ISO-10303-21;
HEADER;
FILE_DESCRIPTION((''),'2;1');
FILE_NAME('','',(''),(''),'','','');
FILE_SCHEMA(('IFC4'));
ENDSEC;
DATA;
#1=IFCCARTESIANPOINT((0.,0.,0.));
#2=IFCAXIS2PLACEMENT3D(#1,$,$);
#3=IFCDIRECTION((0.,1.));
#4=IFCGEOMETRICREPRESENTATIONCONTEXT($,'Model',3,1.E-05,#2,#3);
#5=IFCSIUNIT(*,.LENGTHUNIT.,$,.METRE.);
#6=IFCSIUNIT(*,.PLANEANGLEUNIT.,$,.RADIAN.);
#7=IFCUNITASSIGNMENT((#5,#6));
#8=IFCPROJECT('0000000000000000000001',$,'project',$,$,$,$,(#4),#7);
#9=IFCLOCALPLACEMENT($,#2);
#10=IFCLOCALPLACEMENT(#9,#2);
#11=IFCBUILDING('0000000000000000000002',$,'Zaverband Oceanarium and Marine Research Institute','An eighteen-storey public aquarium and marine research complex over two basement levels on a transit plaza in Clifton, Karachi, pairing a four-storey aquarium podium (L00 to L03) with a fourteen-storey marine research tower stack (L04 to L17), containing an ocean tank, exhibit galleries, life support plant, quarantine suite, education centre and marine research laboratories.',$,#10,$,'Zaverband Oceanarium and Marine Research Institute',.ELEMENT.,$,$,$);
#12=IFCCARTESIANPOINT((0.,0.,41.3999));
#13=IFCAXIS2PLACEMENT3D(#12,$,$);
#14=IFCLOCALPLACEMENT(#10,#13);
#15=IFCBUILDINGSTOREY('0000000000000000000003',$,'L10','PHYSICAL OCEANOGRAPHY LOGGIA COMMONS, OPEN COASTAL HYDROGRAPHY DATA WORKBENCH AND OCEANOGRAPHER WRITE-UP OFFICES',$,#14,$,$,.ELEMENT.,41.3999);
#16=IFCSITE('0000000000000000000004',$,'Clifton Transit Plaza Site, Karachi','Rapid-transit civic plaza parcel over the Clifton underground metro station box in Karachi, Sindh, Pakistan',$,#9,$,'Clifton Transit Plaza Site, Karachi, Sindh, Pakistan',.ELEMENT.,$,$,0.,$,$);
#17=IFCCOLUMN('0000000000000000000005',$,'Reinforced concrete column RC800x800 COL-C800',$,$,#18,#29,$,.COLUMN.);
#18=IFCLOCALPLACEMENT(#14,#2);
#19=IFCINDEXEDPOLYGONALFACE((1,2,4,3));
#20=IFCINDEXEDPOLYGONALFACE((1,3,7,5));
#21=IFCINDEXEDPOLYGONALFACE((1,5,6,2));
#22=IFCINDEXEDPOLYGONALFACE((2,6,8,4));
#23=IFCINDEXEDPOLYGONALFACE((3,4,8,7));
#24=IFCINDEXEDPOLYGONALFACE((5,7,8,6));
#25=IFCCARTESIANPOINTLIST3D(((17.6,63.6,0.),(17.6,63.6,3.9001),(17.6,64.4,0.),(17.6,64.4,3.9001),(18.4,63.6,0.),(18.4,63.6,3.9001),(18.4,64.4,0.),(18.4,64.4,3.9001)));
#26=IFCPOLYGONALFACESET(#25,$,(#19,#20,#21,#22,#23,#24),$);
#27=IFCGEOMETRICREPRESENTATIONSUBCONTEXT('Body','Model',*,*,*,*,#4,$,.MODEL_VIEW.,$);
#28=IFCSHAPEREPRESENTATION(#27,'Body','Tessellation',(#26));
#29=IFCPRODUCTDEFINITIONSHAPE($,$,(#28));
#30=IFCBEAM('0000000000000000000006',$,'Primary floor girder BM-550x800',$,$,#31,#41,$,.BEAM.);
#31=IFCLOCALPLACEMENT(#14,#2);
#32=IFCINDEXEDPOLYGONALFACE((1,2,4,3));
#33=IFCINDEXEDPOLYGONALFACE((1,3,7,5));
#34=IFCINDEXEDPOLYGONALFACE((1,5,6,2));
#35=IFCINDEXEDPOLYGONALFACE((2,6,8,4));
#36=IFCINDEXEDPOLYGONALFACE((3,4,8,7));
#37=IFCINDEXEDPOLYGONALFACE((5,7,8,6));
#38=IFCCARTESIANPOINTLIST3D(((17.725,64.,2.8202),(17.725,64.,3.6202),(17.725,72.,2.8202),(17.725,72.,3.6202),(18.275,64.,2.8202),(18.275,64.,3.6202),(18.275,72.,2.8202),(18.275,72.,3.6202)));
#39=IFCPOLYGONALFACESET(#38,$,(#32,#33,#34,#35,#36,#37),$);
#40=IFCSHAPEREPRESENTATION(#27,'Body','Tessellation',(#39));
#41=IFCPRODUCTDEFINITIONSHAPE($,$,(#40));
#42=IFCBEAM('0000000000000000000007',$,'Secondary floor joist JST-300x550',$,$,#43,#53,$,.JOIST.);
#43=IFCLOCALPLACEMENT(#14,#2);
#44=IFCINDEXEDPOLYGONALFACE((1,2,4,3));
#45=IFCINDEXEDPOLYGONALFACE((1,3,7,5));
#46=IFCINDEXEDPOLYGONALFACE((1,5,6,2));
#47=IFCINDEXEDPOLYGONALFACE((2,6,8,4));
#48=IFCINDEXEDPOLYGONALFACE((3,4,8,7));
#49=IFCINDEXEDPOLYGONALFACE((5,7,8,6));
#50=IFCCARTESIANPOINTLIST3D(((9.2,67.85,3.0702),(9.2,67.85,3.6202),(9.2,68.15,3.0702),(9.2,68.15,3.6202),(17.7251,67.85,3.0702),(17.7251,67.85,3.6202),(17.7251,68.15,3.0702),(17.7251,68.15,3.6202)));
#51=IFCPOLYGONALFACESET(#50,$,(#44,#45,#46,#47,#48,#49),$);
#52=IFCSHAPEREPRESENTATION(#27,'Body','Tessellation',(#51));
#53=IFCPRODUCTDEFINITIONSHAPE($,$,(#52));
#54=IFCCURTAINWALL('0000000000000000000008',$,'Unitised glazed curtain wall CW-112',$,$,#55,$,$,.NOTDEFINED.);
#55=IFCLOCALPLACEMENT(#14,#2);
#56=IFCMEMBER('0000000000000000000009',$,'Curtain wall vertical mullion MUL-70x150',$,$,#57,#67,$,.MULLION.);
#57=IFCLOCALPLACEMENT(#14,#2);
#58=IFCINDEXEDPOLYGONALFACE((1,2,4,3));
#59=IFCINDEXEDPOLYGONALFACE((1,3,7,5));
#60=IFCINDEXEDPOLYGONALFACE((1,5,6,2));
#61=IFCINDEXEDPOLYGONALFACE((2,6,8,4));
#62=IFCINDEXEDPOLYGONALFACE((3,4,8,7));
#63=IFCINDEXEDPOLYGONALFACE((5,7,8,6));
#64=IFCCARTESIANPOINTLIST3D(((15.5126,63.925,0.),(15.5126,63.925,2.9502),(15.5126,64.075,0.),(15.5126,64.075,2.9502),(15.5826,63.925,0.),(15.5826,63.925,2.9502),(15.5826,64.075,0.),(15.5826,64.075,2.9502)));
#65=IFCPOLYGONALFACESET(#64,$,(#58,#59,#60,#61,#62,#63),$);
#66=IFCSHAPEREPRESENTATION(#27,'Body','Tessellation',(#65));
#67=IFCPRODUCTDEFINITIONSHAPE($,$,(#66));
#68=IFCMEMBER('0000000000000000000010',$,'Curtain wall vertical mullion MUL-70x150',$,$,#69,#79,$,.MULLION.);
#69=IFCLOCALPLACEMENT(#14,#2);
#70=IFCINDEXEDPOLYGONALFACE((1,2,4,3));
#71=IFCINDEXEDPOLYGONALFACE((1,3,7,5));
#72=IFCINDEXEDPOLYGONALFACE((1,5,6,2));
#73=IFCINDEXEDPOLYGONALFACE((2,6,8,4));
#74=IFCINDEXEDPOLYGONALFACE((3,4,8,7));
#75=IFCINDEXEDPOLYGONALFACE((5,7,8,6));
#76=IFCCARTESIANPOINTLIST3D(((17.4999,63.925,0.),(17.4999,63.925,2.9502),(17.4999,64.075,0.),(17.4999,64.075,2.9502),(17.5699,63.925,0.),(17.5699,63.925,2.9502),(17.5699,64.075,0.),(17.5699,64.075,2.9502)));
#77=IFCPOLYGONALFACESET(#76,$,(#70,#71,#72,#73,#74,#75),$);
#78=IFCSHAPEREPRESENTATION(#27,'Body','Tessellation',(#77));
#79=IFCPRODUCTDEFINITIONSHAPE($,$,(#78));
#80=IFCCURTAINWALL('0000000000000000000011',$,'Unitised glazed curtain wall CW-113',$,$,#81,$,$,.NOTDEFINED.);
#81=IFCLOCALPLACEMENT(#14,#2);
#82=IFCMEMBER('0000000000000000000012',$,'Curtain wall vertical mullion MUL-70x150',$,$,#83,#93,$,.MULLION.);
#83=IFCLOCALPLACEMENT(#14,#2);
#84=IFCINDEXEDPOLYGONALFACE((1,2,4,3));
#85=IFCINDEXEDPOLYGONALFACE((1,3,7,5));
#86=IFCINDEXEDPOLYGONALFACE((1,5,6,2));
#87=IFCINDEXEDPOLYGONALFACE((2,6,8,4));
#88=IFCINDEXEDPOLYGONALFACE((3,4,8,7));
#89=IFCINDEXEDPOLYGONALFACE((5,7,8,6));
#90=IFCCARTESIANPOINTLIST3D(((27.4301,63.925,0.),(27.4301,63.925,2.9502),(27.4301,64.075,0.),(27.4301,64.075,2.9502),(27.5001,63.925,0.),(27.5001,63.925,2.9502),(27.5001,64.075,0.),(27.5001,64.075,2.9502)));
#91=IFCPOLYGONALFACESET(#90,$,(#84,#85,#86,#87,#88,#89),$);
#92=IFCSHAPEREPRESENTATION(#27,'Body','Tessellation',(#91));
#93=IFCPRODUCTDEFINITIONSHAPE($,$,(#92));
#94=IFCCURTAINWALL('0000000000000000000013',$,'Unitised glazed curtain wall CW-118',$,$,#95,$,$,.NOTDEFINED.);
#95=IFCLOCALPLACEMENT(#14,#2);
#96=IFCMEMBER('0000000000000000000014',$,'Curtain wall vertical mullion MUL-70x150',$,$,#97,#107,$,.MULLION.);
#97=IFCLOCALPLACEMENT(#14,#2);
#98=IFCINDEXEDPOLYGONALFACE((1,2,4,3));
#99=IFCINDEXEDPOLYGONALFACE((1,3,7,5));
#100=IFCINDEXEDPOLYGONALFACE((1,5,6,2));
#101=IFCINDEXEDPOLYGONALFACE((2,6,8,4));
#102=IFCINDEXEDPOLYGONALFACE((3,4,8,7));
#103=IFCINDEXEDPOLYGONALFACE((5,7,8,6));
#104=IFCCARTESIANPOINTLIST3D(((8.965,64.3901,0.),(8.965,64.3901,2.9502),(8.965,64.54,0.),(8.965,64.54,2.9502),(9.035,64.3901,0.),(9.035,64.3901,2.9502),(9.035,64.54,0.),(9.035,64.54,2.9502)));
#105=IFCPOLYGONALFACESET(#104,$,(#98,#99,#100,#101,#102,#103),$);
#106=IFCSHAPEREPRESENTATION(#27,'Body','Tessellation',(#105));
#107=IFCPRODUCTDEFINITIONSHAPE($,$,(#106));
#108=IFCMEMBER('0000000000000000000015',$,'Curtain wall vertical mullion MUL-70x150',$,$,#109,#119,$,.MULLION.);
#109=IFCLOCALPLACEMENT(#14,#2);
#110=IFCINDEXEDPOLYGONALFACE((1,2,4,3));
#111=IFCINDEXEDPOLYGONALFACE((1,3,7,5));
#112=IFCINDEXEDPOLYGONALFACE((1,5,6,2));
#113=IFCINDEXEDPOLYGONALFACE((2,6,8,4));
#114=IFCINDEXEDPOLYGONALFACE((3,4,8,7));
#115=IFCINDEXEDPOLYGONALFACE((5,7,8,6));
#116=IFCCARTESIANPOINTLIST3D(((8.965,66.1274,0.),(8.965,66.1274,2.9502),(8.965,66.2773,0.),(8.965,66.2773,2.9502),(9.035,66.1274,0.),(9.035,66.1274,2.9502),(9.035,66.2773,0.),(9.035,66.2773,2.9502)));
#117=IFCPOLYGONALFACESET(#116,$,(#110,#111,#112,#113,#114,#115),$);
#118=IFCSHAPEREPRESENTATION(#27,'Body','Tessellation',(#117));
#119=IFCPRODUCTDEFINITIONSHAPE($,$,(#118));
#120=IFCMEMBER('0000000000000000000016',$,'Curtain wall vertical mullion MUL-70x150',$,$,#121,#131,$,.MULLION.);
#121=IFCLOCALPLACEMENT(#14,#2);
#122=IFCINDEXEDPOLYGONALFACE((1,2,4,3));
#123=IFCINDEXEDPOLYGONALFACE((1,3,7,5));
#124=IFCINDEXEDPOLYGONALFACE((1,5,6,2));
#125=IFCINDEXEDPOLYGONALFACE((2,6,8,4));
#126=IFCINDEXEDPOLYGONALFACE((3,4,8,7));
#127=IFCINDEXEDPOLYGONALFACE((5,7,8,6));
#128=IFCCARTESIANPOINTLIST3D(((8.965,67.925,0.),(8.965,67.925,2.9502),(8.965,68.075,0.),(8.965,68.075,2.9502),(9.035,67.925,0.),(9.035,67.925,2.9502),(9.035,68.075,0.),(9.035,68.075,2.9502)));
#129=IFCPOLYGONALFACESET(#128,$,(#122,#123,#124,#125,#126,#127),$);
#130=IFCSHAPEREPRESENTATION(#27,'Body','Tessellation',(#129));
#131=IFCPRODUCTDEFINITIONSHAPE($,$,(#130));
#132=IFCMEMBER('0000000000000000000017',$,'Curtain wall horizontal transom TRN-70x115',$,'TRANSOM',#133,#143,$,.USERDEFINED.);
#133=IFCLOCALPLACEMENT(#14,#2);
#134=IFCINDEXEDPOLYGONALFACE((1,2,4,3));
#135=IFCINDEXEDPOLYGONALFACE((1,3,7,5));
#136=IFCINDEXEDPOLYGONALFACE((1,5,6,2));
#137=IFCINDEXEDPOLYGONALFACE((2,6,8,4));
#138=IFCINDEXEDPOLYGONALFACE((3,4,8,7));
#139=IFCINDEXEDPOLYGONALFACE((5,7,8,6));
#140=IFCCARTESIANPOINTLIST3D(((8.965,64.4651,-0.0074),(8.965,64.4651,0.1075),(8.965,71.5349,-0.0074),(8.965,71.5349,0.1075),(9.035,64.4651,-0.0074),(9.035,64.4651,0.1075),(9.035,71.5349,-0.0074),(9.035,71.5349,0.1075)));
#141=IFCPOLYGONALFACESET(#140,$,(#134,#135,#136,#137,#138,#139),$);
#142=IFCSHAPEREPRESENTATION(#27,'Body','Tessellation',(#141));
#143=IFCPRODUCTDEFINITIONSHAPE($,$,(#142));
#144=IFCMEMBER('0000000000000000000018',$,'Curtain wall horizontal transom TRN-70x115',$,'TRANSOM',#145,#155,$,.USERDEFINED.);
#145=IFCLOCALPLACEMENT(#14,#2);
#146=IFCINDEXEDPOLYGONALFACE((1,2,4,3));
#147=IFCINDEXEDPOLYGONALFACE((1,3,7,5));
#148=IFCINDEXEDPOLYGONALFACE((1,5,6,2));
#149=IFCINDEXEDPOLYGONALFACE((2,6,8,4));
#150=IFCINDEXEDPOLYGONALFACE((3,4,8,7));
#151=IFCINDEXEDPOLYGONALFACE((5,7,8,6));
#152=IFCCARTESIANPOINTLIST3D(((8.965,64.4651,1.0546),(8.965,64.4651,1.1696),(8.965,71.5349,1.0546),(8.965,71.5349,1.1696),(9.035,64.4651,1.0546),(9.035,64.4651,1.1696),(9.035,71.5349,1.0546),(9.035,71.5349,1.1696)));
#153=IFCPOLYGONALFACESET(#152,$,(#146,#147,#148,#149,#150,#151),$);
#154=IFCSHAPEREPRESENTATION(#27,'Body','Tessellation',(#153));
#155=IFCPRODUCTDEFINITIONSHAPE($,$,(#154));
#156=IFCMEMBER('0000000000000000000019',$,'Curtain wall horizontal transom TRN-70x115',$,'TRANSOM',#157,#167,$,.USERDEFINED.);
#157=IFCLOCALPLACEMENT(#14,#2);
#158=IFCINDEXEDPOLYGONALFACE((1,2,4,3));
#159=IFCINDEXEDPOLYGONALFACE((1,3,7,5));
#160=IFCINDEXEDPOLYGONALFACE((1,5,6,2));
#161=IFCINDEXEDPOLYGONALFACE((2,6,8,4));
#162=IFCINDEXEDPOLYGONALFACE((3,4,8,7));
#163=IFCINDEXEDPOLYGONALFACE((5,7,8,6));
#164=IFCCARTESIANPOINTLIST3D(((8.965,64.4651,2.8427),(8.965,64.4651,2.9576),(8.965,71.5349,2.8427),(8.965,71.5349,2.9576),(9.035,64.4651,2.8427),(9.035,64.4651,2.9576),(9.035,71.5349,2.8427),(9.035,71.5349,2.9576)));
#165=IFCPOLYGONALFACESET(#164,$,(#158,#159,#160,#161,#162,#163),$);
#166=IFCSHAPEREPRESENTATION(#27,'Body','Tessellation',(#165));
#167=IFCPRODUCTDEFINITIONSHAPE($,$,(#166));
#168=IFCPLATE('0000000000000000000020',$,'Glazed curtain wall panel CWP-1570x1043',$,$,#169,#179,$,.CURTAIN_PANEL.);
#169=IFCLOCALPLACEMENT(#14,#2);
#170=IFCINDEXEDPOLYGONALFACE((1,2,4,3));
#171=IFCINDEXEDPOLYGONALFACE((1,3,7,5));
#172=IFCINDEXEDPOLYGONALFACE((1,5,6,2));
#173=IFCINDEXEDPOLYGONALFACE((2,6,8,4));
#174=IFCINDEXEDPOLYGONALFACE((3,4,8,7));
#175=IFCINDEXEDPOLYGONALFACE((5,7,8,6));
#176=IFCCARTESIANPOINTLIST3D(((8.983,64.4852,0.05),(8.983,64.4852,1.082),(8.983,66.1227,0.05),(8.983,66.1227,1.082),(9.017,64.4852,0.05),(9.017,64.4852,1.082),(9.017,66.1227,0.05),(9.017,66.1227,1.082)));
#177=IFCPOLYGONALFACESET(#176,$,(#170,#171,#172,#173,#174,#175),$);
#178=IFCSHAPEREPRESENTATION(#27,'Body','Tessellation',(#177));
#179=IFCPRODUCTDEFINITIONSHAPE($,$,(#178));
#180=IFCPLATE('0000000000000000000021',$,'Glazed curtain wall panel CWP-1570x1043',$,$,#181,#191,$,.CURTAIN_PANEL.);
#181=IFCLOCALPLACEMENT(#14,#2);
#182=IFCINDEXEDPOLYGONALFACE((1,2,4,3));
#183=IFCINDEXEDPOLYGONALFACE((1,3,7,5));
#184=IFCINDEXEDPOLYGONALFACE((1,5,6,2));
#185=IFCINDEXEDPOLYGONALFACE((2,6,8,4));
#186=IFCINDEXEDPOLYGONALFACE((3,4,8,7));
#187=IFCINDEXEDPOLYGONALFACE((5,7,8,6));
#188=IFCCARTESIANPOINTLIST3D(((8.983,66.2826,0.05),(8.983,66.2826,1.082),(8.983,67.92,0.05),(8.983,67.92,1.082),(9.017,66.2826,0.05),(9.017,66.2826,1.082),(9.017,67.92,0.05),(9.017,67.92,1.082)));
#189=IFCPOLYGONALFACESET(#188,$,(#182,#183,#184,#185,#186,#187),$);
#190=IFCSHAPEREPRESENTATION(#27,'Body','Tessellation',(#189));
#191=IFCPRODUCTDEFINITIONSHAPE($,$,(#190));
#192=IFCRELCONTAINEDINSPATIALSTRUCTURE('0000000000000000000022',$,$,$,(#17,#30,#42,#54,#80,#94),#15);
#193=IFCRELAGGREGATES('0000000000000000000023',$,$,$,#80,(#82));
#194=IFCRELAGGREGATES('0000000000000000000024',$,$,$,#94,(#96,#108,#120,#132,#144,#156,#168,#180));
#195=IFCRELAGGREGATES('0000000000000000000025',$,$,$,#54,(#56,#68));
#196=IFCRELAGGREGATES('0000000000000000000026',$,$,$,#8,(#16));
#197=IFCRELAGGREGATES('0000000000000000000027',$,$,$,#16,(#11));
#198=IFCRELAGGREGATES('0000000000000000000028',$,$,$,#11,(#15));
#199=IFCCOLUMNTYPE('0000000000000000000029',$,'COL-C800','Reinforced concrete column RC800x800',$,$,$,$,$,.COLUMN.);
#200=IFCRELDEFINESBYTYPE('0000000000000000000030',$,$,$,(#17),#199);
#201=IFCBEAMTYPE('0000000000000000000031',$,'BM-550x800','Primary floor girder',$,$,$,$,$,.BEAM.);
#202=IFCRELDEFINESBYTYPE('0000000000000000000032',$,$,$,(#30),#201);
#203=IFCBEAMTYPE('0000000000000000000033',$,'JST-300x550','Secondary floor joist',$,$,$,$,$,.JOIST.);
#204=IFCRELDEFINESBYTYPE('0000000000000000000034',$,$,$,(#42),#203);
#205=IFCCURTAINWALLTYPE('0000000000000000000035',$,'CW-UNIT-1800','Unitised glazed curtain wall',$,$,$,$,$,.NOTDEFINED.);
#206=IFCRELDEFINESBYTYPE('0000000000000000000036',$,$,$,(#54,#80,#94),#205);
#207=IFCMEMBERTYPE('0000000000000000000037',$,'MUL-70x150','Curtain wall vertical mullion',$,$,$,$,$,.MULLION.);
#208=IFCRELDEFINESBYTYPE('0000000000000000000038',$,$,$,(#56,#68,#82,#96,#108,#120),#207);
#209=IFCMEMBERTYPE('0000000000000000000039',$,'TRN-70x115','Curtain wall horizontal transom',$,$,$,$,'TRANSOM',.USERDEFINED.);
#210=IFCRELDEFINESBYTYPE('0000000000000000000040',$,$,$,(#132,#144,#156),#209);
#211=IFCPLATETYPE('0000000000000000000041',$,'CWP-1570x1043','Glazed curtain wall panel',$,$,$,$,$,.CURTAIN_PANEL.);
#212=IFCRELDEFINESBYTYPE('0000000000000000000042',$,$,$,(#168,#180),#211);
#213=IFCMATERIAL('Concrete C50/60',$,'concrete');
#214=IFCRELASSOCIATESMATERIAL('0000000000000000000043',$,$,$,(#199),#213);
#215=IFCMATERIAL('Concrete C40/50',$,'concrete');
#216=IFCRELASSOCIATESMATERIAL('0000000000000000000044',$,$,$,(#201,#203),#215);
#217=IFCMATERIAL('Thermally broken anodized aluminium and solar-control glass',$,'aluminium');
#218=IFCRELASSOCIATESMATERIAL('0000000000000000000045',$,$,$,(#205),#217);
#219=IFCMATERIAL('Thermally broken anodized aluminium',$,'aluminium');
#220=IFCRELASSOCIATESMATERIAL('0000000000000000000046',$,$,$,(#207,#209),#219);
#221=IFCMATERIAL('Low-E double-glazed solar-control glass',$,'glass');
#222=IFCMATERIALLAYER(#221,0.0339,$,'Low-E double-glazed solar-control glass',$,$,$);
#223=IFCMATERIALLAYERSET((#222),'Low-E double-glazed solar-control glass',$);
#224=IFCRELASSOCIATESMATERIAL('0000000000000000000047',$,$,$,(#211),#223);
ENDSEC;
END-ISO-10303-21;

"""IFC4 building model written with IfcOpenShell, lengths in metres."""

from ifc_helpers import new_model, si_unit, direction, frame, frame_2d, origin, origin_2d, place, context, subcontext, project, spatial, rectangle, extrude, material, layer, layer_set, material_profile, profile_set, type_object, element, aggregate, save


model = new_model("IFC4")

# Units and contexts
model_context = context("Model", 3, precision=1e-05, world=origin(), true_north=direction((0.0, 1.0)))
body_context = subcontext(model_context, "Body", "Model", "MODEL_VIEW")
ifc_project = project(units=[si_unit("LENGTHUNIT", "METRE"), si_unit("PLANEANGLEUNIT", "RADIAN")], contexts=[model_context])

# Site, building, storey
site_placement = place(None, origin())
site = spatial("IfcSite", under=ifc_project, at=site_placement, Name="Clifton Transit Plaza Site, Karachi", Description="Rapid-transit civic plaza parcel over the Clifton underground metro station box in Karachi, Sindh, Pakistan", LongName="Clifton Transit Plaza Site, Karachi, Sindh, Pakistan", CompositionType="ELEMENT", RefElevation=0.0)
building_placement = place(site_placement, origin())
building = spatial("IfcBuilding", under=site, at=building_placement, Name="Zaverband Oceanarium and Marine Research Institute", Description="An eighteen-storey public aquarium and marine research complex over two basement levels on a transit plaza in Clifton, Karachi, pairing a four-storey aquarium podium (L00 to L03) with a fourteen-storey marine research tower stack (L04 to L17), containing an ocean tank, exhibit galleries, life support plant, quarantine suite, education centre and marine research laboratories.", LongName="Zaverband Oceanarium and Marine Research Institute", CompositionType="ELEMENT")
storey_placement = place(building_placement, frame((0.0, 0.0, 41.3999)))
storey = spatial("IfcBuildingStorey", under=building, at=storey_placement, Name="L10", Description="PHYSICAL OCEANOGRAPHY LOGGIA COMMONS, OPEN COASTAL HYDROGRAPHY DATA WORKBENCH AND OCEANOGRAPHER WRITE-UP OFFICES", CompositionType="ELEMENT", Elevation=41.3999)

# Column
ifc_material_1 = material(Name="Concrete C50/60", Category="concrete")
ifc_material_profile_1 = material_profile(ifc_material_1, rectangle(XDim=0.8, YDim=0.8, at=origin_2d()), Name="RC800x800")
ifc_profile_set_1 = profile_set([ifc_material_profile_1], Name="Concrete C50/60")
column_type = type_object("IfcColumnType", Name="COL-C800", Description="Reinforced concrete column RC800x800", PredefinedType="COLUMN", material=ifc_profile_set_1)
column_placement = place(storey_placement, frame((18.0, 64.0, 0.0), z_axis=(0.0, 0.0, 1.0), x_axis=(1.0, 0.0, 0.0)))
element("IfcColumn", 1, at=column_placement, inside=storey, type_object=column_type, Name="Reinforced concrete column RC800x800 COL-C800", PredefinedType="COLUMN", context=body_context, shape_type="SweptSolid", body=[
    extrude(rectangle(XDim=0.8, YDim=0.8, at=origin_2d()), origin(), (0.0, 0.0, 1.0), 3.9001),
])

# Beams
ifc_material_2 = material(Name="Concrete C40/50", Category="concrete")
ifc_material_profile_2 = material_profile(ifc_material_2, rectangle(XDim=0.55, YDim=0.8, at=origin_2d()), Name="RC550x800")
ifc_profile_set_2 = profile_set([ifc_material_profile_2], Name="Concrete C40/50")
beam_type_1 = type_object("IfcBeamType", Name="BM-550x800", Description="Primary floor girder", PredefinedType="BEAM", material=ifc_profile_set_2)
beam_1_placement = place(storey_placement, frame((18.0, 64.0, 3.2202), z_axis=(0.0, 1.0, 0.0), x_axis=(-1.0, 0.0, 0.0)))
element("IfcBeam", 2, at=beam_1_placement, inside=storey, type_object=beam_type_1, Name="Primary floor girder BM-550x800", PredefinedType="BEAM", context=body_context, shape_type="SweptSolid", body=[
    extrude(rectangle(XDim=0.55, YDim=0.8, at=origin_2d()), origin(), (0.0, 0.0, 1.0), 8.0),
])
ifc_material_profile_3 = material_profile(ifc_material_2, rectangle(XDim=0.3, YDim=0.55, at=origin_2d()), Name="RC300x550")
ifc_profile_set_3 = profile_set([ifc_material_profile_3], Name="Concrete C40/50")
beam_type_2 = type_object("IfcBeamType", Name="JST-300x550", Description="Secondary floor joist", PredefinedType="JOIST", material=ifc_profile_set_3)
beam_2_placement = place(storey_placement, frame((9.2, 68.0, 3.3452), z_axis=(1.0, 0.0, 0.0), x_axis=(0.0, 1.0, 0.0)))
element("IfcBeam", 3, at=beam_2_placement, inside=storey, type_object=beam_type_2, Name="Secondary floor joist JST-300x550", PredefinedType="JOIST", context=body_context, shape_type="SweptSolid", body=[
    extrude(rectangle(XDim=0.3, YDim=0.55, at=origin_2d()), origin(), (0.0, 0.0, 1.0), 8.5251),
])

# Curtain wall, members
ifc_material_3 = material(Name="Thermally broken anodized aluminium and solar-control glass", Category="aluminium")
curtain_wall_type = type_object("IfcCurtainWallType", Name="CW-UNIT-1800", Description="Unitised glazed curtain wall", PredefinedType="NOTDEFINED", material=ifc_material_3)
curtain_wall_1_placement = place(storey_placement, origin())
curtain_wall_1 = element("IfcCurtainWall", 4, at=curtain_wall_1_placement, inside=storey, type_object=curtain_wall_type, Name="Unitised glazed curtain wall CW-112", PredefinedType="NOTDEFINED")
ifc_material_4 = material(Name="Thermally broken anodized aluminium", Category="aluminium")
ifc_material_profile_4 = material_profile(ifc_material_4, rectangle(XDim=0.0701, YDim=0.1499, at=origin_2d()), Name="AL-MUL-70x150")
ifc_profile_set_4 = profile_set([ifc_material_profile_4], Name="Thermally broken anodized aluminium")
member_type_1 = type_object("IfcMemberType", Name="MUL-70x150", Description="Curtain wall vertical mullion", PredefinedType="MULLION", material=ifc_profile_set_4)
member_1_placement = place(storey_placement, frame((15.5476, 64.0, 0.0), z_axis=(0.0, 0.0, 1.0), x_axis=(1.0, 0.0, 0.0)))
member_1 = element("IfcMember", 5, at=member_1_placement, type_object=member_type_1, Name="Curtain wall vertical mullion MUL-70x150", PredefinedType="MULLION", context=body_context, shape_type="SweptSolid", body=[
    extrude(rectangle(XDim=0.0701, YDim=0.1499, at=origin_2d()), origin(), (0.0, 0.0, 1.0), 2.9502),
])
member_2_placement = place(storey_placement, frame((17.5349, 64.0, 0.0), z_axis=(0.0, 0.0, 1.0), x_axis=(1.0, 0.0, 0.0)))
member_2 = element("IfcMember", 6, at=member_2_placement, type_object=member_type_1, Name="Curtain wall vertical mullion MUL-70x150", PredefinedType="MULLION", context=body_context, shape_type="SweptSolid", body=[
    extrude(rectangle(XDim=0.0701, YDim=0.1499, at=origin_2d()), origin(), (0.0, 0.0, 1.0), 2.9502),
])

# Curtain wall, member
curtain_wall_2_placement = place(storey_placement, origin())
curtain_wall_2 = element("IfcCurtainWall", 7, at=curtain_wall_2_placement, inside=storey, type_object=curtain_wall_type, Name="Unitised glazed curtain wall CW-113", PredefinedType="NOTDEFINED")
member_3_placement = place(storey_placement, frame((27.4651, 64.0, 0.0), z_axis=(0.0, 0.0, 1.0), x_axis=(1.0, 0.0, 0.0)))
member_3 = element("IfcMember", 8, at=member_3_placement, type_object=member_type_1, Name="Curtain wall vertical mullion MUL-70x150", PredefinedType="MULLION", context=body_context, shape_type="SweptSolid", body=[
    extrude(rectangle(XDim=0.0701, YDim=0.1499, at=origin_2d()), origin(), (0.0, 0.0, 1.0), 2.9502),
])
aggregate(curtain_wall_2, [member_3])

# Curtain wall, members, plates
curtain_wall_3_placement = place(storey_placement, origin())
curtain_wall_3 = element("IfcCurtainWall", 9, at=curtain_wall_3_placement, inside=storey, type_object=curtain_wall_type, Name="Unitised glazed curtain wall CW-118", PredefinedType="NOTDEFINED")
member_4_placement = place(storey_placement, frame((9.0, 64.4651, 0.0), z_axis=(0.0, 0.0, 1.0), x_axis=(1.0, 0.0, 0.0)))
member_4 = element("IfcMember", 10, at=member_4_placement, type_object=member_type_1, Name="Curtain wall vertical mullion MUL-70x150", PredefinedType="MULLION", context=body_context, shape_type="SweptSolid", body=[
    extrude(rectangle(XDim=0.0701, YDim=0.1499, at=origin_2d()), origin(), (0.0, 0.0, 1.0), 2.9502),
])
member_5_placement = place(storey_placement, frame((9.0, 66.2024, 0.0), z_axis=(0.0, 0.0, 1.0), x_axis=(1.0, 0.0, 0.0)))
member_5 = element("IfcMember", 11, at=member_5_placement, type_object=member_type_1, Name="Curtain wall vertical mullion MUL-70x150", PredefinedType="MULLION", context=body_context, shape_type="SweptSolid", body=[
    extrude(rectangle(XDim=0.0701, YDim=0.1499, at=origin_2d()), origin(), (0.0, 0.0, 1.0), 2.9502),
])
member_6_placement = place(storey_placement, frame((9.0, 68.0, 0.0), z_axis=(0.0, 0.0, 1.0), x_axis=(1.0, 0.0, 0.0)))
member_6 = element("IfcMember", 12, at=member_6_placement, type_object=member_type_1, Name="Curtain wall vertical mullion MUL-70x150", PredefinedType="MULLION", context=body_context, shape_type="SweptSolid", body=[
    extrude(rectangle(XDim=0.0701, YDim=0.1499, at=origin_2d()), origin(), (0.0, 0.0, 1.0), 2.9502),
])
ifc_material_profile_5 = material_profile(ifc_material_4, rectangle(XDim=0.0701, YDim=0.115, at=origin_2d()), Name="AL-TRN-70x115")
ifc_profile_set_5 = profile_set([ifc_material_profile_5], Name="Thermally broken anodized aluminium")
member_type_2 = type_object("IfcMemberType", Name="TRN-70x115", Description="Curtain wall horizontal transom", ElementType="TRANSOM", PredefinedType="USERDEFINED", material=ifc_profile_set_5)
member_7_placement = place(storey_placement, frame((9.0, 64.4651, 0.05), z_axis=(0.0, 1.0, 0.0), x_axis=(-1.0, 0.0, 0.0)))
member_7 = element("IfcMember", 13, at=member_7_placement, type_object=member_type_2, Name="Curtain wall horizontal transom TRN-70x115", ObjectType="TRANSOM", PredefinedType="USERDEFINED", context=body_context, shape_type="SweptSolid", body=[
    extrude(rectangle(XDim=0.0701, YDim=0.115, at=origin_2d()), origin(), (0.0, 0.0, 1.0), 7.0698),
])
member_8_placement = place(storey_placement, frame((9.0, 64.4651, 1.1121), z_axis=(0.0, 1.0, 0.0), x_axis=(-1.0, 0.0, 0.0)))
member_8 = element("IfcMember", 14, at=member_8_placement, type_object=member_type_2, Name="Curtain wall horizontal transom TRN-70x115", ObjectType="TRANSOM", PredefinedType="USERDEFINED", context=body_context, shape_type="SweptSolid", body=[
    extrude(rectangle(XDim=0.0701, YDim=0.115, at=origin_2d()), origin(), (0.0, 0.0, 1.0), 7.0698),
])
member_9_placement = place(storey_placement, frame((9.0, 64.4651, 2.9001), z_axis=(0.0, 1.0, 0.0), x_axis=(-1.0, 0.0, 0.0)))
member_9 = element("IfcMember", 15, at=member_9_placement, type_object=member_type_2, Name="Curtain wall horizontal transom TRN-70x115", ObjectType="TRANSOM", PredefinedType="USERDEFINED", context=body_context, shape_type="SweptSolid", body=[
    extrude(rectangle(XDim=0.0701, YDim=0.115, at=origin_2d()), origin(), (0.0, 0.0, 1.0), 7.0698),
])
ifc_material_5 = material(Name="Low-E double-glazed solar-control glass", Category="glass")
ifc_layer_1 = layer(ifc_material_5, 0.0339, Name="Low-E double-glazed solar-control glass")
ifc_layer_set_1 = layer_set([ifc_layer_1], Name="Low-E double-glazed solar-control glass")
plate_type_1 = type_object("IfcPlateType", Name="CWP-1570x1043", Description="Glazed curtain wall panel", PredefinedType="CURTAIN_PANEL", material=ifc_layer_set_1)
plate_1_placement = place(storey_placement, frame((9.0, 64.4851, 0.05), z_axis=(0.0, 0.0, 1.0), x_axis=(0.0, 1.0, 0.0)))
plate_1 = element("IfcPlate", 16, at=plate_1_placement, type_object=plate_type_1, Name="Glazed curtain wall panel CWP-1570x1043", PredefinedType="CURTAIN_PANEL", context=body_context, shape_type="SweptSolid", body=[
    extrude(rectangle(XDim=1.6375, YDim=0.0339, at=frame_2d((0.8188, 0.0))), origin(), (0.0, 0.0, 1.0), 1.032),
])
plate_2_placement = place(storey_placement, frame((9.0, 66.2825, 0.05), z_axis=(0.0, 0.0, 1.0), x_axis=(0.0, 1.0, 0.0)))
plate_2 = element("IfcPlate", 17, at=plate_2_placement, type_object=plate_type_1, Name="Glazed curtain wall panel CWP-1570x1043", PredefinedType="CURTAIN_PANEL", context=body_context, shape_type="SweptSolid", body=[
    extrude(rectangle(XDim=1.6375, YDim=0.0339, at=frame_2d((0.8188, 0.0))), origin(), (0.0, 0.0, 1.0), 1.032),
])
aggregate(curtain_wall_3, [member_4, member_5, member_6, member_7, member_8, member_9, plate_1, plate_2])

aggregate(curtain_wall_1, [member_1, member_2])

save(model, "model.ifc")
